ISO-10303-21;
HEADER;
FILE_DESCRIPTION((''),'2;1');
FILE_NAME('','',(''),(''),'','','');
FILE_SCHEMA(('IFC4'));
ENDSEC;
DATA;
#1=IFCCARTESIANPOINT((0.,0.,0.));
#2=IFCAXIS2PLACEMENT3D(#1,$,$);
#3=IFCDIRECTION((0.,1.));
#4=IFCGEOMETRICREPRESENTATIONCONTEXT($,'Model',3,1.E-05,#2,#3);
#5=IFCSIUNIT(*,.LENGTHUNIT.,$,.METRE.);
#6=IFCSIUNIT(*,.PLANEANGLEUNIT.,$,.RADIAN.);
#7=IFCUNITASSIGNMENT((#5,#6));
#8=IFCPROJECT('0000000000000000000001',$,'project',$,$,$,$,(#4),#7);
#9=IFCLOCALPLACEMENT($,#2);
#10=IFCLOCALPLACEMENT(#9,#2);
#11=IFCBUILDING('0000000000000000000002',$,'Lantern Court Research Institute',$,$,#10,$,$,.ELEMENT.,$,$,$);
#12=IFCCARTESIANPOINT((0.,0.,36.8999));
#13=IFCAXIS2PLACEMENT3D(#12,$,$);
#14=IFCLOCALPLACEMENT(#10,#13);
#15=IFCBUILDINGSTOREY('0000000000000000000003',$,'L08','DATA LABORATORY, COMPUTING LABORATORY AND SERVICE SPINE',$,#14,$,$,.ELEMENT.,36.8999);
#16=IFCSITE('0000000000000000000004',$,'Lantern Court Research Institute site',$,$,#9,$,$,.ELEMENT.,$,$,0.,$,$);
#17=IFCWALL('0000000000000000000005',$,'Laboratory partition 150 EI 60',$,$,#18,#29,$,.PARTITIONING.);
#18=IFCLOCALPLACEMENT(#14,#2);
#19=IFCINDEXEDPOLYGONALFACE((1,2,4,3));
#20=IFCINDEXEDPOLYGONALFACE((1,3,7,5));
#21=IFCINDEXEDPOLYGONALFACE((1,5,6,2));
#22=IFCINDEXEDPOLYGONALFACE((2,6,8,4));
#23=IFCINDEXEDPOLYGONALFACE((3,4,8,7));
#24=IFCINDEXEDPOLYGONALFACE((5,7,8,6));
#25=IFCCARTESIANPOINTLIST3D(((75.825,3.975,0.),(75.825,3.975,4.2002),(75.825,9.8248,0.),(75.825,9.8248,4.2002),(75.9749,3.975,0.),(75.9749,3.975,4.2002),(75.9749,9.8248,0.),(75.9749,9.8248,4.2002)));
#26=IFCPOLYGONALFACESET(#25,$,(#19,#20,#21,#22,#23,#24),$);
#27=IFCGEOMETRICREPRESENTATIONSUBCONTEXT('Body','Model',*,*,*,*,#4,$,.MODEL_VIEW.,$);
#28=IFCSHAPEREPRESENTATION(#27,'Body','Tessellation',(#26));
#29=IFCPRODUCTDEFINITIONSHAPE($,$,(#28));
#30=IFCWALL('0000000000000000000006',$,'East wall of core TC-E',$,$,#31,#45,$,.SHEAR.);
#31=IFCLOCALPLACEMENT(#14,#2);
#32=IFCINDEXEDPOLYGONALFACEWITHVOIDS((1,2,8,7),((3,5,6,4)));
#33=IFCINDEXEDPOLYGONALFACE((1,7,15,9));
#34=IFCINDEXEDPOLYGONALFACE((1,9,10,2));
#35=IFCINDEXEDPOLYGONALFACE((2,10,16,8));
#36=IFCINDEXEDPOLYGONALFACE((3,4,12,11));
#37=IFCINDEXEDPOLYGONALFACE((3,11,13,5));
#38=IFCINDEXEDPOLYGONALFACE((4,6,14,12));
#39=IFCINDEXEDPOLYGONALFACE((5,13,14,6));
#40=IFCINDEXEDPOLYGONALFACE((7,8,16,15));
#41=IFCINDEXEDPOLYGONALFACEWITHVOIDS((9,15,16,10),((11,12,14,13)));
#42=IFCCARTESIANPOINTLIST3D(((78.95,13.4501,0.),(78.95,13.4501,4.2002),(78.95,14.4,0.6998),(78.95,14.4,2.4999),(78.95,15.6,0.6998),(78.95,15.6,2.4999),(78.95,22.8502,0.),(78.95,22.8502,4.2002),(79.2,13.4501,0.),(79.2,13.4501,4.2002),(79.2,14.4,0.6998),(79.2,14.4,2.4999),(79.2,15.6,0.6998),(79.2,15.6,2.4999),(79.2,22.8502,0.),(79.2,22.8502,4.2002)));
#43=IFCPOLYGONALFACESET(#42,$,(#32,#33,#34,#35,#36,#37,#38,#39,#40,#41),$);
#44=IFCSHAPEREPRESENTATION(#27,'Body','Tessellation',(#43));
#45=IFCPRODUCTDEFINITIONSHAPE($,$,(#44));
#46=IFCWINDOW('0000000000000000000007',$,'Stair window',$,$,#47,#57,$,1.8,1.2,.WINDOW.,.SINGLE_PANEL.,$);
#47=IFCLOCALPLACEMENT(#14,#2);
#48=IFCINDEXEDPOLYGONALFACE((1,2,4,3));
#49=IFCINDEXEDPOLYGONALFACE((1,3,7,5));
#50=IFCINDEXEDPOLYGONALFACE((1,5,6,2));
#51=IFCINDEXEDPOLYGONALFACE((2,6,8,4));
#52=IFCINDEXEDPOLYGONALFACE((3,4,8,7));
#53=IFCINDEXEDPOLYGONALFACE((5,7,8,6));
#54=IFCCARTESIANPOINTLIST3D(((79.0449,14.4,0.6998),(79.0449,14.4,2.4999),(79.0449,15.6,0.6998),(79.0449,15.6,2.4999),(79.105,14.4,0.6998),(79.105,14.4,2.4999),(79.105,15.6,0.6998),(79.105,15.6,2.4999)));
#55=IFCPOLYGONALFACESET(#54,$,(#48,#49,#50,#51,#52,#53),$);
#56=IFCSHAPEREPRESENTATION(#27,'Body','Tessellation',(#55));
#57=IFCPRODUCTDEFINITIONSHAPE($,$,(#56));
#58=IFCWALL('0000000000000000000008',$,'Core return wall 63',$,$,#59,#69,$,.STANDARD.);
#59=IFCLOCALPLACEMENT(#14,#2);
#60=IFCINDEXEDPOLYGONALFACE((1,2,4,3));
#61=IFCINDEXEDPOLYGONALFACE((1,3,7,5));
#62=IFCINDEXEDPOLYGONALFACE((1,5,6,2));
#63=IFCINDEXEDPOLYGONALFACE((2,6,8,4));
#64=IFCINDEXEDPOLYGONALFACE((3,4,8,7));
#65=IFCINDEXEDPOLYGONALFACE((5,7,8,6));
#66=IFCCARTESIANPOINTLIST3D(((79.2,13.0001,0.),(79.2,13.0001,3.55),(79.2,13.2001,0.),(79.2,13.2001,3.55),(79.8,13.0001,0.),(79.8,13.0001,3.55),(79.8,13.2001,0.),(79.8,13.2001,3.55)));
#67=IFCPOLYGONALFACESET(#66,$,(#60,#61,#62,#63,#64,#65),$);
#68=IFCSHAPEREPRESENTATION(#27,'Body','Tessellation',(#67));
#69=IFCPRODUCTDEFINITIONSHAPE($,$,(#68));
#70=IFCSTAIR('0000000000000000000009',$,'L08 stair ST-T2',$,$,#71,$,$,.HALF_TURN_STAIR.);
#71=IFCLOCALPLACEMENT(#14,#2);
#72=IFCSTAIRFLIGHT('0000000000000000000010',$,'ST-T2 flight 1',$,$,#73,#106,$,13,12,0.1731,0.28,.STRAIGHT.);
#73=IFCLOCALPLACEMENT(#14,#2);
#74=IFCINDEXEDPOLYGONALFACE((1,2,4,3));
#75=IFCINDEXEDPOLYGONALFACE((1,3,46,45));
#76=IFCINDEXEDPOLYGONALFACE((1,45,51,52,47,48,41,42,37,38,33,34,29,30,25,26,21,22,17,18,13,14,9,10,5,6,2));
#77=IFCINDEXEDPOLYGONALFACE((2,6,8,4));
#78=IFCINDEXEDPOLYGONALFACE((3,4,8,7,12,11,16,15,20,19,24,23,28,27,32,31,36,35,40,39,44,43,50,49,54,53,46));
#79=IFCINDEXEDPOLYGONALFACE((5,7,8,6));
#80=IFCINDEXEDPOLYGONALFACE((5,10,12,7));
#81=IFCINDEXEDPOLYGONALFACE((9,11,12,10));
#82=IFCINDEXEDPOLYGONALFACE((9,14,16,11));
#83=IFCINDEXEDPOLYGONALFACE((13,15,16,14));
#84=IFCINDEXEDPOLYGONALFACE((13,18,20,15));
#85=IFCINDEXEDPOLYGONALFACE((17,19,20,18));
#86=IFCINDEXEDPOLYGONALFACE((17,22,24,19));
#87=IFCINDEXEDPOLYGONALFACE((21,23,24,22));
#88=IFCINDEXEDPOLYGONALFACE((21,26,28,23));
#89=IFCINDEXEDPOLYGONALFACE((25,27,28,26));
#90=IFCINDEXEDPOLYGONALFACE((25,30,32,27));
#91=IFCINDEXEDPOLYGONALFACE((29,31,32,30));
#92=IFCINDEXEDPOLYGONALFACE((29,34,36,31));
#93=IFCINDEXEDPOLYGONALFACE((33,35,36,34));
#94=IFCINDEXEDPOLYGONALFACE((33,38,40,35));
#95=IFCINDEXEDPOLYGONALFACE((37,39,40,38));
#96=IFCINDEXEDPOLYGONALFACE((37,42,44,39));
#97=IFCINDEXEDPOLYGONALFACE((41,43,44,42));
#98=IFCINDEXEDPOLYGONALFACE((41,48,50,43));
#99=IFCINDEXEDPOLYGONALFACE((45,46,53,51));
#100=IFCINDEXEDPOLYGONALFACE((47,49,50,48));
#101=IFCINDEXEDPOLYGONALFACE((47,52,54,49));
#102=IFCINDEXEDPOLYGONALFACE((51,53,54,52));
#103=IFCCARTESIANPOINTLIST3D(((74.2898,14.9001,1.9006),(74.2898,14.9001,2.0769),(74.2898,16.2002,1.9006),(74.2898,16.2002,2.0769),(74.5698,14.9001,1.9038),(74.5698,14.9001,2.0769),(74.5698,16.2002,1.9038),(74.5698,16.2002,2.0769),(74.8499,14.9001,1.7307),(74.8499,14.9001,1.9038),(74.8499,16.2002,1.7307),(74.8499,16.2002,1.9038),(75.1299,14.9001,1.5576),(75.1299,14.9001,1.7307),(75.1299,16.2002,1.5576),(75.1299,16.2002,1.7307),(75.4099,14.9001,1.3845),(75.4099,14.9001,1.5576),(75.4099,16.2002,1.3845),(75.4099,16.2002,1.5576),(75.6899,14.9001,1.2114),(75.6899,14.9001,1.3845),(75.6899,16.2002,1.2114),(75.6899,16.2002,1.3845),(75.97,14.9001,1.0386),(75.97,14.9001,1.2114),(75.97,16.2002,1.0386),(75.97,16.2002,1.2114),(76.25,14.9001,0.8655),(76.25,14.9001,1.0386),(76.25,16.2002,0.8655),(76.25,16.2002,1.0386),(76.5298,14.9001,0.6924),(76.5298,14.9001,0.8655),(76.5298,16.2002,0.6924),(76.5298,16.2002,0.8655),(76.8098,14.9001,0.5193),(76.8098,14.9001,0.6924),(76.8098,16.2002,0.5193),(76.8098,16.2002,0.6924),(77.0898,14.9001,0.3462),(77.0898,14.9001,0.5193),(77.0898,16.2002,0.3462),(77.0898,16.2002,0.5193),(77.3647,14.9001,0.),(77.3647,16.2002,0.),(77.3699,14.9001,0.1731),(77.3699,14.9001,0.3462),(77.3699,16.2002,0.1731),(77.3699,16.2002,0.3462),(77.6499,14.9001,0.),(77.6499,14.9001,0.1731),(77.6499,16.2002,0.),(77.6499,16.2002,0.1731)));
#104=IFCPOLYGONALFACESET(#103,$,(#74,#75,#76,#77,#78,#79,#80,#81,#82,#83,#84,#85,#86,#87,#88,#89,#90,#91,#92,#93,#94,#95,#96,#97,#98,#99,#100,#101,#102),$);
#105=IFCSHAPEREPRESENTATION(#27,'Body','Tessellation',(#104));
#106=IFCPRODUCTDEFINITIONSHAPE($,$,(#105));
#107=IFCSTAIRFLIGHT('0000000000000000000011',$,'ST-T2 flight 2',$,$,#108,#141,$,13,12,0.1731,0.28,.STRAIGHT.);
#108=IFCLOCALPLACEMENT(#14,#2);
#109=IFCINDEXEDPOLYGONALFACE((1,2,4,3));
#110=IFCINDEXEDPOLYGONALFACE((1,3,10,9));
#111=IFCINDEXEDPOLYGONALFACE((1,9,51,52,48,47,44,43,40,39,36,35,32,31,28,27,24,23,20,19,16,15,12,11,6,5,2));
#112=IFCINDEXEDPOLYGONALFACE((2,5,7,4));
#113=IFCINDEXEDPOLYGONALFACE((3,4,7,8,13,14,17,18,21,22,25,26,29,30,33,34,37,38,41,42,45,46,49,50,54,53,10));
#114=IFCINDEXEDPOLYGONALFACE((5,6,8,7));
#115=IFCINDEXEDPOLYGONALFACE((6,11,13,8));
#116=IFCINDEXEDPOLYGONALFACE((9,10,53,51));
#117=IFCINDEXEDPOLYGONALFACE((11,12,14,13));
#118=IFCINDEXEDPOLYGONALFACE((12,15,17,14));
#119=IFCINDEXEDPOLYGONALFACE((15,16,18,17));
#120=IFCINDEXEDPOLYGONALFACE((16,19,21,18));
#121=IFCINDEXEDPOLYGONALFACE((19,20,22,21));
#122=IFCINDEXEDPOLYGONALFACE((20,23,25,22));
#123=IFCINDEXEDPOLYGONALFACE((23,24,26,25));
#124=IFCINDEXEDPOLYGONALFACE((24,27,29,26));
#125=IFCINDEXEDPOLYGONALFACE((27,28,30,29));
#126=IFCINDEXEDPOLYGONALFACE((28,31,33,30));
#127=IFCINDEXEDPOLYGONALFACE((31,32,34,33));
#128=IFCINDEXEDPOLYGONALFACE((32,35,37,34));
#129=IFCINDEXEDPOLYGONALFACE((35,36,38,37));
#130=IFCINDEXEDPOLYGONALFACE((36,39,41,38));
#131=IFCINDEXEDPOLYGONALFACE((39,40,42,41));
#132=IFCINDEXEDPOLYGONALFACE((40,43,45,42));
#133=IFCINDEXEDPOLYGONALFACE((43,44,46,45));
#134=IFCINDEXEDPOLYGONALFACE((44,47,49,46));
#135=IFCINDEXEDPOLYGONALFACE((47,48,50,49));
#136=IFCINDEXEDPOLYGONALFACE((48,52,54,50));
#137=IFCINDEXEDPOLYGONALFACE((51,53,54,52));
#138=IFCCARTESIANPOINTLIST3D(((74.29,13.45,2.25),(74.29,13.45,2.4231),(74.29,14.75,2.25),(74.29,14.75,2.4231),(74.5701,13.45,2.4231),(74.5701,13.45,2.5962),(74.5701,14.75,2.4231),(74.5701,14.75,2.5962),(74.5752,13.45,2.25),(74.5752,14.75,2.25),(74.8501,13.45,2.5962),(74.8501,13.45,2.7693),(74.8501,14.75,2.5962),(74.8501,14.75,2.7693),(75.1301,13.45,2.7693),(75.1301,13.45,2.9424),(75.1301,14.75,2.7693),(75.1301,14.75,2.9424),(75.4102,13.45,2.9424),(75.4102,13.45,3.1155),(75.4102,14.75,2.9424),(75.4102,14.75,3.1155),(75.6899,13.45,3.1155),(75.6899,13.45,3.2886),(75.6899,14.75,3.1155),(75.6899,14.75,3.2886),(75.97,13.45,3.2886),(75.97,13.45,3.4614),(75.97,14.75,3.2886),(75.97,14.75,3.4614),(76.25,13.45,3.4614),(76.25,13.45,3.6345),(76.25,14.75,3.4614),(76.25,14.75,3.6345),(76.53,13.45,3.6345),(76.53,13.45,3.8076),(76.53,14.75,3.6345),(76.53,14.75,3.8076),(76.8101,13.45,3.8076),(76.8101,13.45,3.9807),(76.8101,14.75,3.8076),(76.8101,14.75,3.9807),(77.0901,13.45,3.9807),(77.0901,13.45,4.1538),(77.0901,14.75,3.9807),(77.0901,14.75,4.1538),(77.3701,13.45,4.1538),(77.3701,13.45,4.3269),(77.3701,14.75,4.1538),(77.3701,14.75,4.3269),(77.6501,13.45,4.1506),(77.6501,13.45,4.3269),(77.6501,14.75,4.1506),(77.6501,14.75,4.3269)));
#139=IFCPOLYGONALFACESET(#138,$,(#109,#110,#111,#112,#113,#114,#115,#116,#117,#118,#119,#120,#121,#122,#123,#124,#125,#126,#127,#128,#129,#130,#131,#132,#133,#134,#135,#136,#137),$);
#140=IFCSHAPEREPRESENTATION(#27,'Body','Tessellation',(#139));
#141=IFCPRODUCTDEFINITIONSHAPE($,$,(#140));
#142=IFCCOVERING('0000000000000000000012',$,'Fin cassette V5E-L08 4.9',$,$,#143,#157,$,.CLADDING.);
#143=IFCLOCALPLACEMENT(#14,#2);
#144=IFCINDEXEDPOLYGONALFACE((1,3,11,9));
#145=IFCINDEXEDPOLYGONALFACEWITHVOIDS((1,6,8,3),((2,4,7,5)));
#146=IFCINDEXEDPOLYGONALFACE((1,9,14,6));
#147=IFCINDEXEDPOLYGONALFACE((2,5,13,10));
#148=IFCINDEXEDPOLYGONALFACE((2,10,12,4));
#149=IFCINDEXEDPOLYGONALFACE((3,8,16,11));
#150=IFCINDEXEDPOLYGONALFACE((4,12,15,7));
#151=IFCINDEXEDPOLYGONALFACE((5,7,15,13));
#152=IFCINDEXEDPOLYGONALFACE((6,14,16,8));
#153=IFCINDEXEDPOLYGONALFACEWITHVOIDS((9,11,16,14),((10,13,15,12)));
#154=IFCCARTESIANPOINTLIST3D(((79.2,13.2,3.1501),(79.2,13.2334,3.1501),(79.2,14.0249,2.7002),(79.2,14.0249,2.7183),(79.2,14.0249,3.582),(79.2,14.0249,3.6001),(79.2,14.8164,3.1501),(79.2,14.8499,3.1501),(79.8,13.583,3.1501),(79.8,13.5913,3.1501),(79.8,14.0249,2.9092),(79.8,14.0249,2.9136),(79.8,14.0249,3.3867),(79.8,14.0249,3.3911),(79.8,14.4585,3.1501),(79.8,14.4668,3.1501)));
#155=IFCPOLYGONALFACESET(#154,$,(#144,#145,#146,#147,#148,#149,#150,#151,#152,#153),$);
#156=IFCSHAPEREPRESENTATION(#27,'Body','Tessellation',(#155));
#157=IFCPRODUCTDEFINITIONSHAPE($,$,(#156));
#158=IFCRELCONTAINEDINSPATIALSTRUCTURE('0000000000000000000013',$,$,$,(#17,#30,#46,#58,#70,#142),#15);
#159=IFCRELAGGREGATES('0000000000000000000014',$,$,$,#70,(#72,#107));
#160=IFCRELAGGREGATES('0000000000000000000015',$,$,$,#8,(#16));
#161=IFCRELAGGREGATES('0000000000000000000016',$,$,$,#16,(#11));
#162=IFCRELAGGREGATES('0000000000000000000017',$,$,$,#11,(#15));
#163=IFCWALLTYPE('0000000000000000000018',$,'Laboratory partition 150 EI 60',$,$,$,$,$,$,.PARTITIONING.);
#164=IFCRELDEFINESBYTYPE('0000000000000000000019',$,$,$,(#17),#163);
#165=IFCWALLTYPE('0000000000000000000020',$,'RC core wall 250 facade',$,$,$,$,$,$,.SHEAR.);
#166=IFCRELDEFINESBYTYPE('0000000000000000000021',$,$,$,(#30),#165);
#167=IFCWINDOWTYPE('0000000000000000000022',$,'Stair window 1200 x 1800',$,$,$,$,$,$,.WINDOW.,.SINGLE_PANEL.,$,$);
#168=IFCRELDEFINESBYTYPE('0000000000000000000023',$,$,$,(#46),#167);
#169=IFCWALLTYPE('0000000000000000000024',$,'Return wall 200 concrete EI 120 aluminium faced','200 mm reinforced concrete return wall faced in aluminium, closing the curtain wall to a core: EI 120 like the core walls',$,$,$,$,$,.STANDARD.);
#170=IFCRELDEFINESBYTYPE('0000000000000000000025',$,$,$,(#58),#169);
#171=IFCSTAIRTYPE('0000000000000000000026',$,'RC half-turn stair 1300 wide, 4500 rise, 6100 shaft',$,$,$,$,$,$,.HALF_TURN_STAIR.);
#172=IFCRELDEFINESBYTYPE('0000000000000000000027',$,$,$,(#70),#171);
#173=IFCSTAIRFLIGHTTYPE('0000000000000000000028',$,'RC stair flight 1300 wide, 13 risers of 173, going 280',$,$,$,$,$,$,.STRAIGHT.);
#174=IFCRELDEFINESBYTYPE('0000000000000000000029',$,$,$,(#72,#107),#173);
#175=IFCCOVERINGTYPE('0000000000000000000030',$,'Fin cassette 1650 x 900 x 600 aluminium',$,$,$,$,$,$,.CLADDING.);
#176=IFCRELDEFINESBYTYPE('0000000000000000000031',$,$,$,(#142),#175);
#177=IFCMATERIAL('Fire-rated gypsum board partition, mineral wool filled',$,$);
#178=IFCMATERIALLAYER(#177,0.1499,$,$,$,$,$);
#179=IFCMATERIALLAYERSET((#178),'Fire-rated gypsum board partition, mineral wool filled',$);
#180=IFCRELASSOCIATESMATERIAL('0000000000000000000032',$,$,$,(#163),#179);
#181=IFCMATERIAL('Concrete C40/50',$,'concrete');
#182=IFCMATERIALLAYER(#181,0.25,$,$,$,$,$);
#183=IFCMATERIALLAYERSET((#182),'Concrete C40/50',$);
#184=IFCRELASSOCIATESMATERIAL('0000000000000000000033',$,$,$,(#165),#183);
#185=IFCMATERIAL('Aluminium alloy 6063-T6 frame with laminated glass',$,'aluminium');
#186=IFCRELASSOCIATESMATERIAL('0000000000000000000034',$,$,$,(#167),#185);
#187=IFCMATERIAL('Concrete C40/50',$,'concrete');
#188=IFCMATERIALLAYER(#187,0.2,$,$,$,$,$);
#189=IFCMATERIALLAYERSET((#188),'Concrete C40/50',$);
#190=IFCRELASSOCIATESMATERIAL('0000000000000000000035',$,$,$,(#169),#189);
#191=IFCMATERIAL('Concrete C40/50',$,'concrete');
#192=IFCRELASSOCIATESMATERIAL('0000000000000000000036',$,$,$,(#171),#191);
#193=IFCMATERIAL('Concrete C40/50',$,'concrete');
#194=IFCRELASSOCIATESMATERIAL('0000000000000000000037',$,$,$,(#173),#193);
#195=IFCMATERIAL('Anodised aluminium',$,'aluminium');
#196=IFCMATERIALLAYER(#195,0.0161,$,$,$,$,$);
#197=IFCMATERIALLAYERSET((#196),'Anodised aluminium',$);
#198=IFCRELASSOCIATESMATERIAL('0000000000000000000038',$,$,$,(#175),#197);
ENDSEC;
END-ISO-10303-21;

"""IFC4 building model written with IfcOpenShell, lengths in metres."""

from ifc_helpers import new_model, entity, si_unit, direction, frame, frame_2d, origin, place, context, subcontext, project, spatial, polyline, rectangle, outline, extrude, material, layer, layer_set, type_object, element, fill, aggregate, save


model = new_model("IFC4")

# Units and contexts
model_context = context("Model", 3, precision=1e-05, world=origin(), true_north=direction((0.0, 1.0)))
body_context = subcontext(model_context, "Body", "Model", "MODEL_VIEW")
ifc_project = project(units=[si_unit("LENGTHUNIT", "METRE"), si_unit("PLANEANGLEUNIT", "RADIAN")], contexts=[model_context])

# Site, building, storey
site_placement = place(None, origin())
site = spatial("IfcSite", under=ifc_project, at=site_placement, Name="Lantern Court Research Institute site", CompositionType="ELEMENT", RefElevation=0.0)
building_placement = place(site_placement, origin())
building = spatial("IfcBuilding", under=site, at=building_placement, Name="Lantern Court Research Institute", CompositionType="ELEMENT")
storey_placement = place(building_placement, frame((0.0, 0.0, 36.8999)))
storey = spatial("IfcBuildingStorey", under=building, at=storey_placement, Name="L08", Description="DATA LABORATORY, COMPUTING LABORATORY AND SERVICE SPINE", CompositionType="ELEMENT", Elevation=36.8999)

# Shared definitions
ifc_material_1 = material(Name="Fire-rated gypsum board partition, mineral wool filled")
ifc_layer_1 = layer(ifc_material_1, 0.1499)
ifc_layer_set_1 = layer_set([ifc_layer_1], Name="Fire-rated gypsum board partition, mineral wool filled")
wall_type_1 = type_object("IfcWallType", Name="Laboratory partition 150 EI 60", PredefinedType="PARTITIONING", material=ifc_layer_set_1)

# Wall
wall_1_placement = place(storey_placement, frame((75.8999, 3.9751, 0.0), z_axis=(0.0, 0.0, 1.0), x_axis=(0.0, 1.0, 0.0)))
element("IfcWall", 1, at=wall_1_placement, inside=storey, type_object=wall_type_1, Name="Laboratory partition 150 EI 60", PredefinedType="PARTITIONING", context=body_context, shape_type="SweptSolid", body=[
    extrude(rectangle(XDim=5.8499, YDim=0.1499, at=frame_2d((2.9248, 0.0))), origin(), (0.0, 0.0, 1.0), 4.2002),
])

# Wall, opening, window
ifc_material_2 = material(Name="Concrete C40/50", Category="concrete")
ifc_layer_2 = layer(ifc_material_2, 0.25)
ifc_layer_set_2 = layer_set([ifc_layer_2], Name="Concrete C40/50")
wall_type_2 = type_object("IfcWallType", Name="RC core wall 250 facade", PredefinedType="SHEAR", material=ifc_layer_set_2)
wall_2_placement = place(storey_placement, frame((79.075, 13.45, 0.0), z_axis=(0.0, 0.0, 1.0), x_axis=(0.0, 1.0, 0.0)))
wall_2 = element("IfcWall", 2, at=wall_2_placement, inside=storey, type_object=wall_type_2, Name="East wall of core TC-E", PredefinedType="SHEAR", context=body_context, shape_type="SweptSolid", body=[
    extrude(rectangle(XDim=9.4001, YDim=0.25, at=frame_2d((4.7002, 0.0))), origin(), (0.0, 0.0, 1.0), 4.2002),
])
opening_1_placement = place(wall_2_placement, frame((0.95, 0.0, 0.7)))
opening_1 = element("IfcOpeningElement", 3, at=opening_1_placement, cuts=wall_2, PredefinedType="OPENING", context=body_context, shape_type="SweptSolid", body=[
    extrude(rectangle(XDim=1.2, YDim=1.8, at=frame_2d((0.6001, 0.8999))), frame((0.0, 0.135, 0.0), z_axis=(0.0, -1.0, 0.0), x_axis=(1.0, 0.0, 0.0)), (0.0, 0.0, 1.0), 0.27),
])
ifc_material_3 = material(Name="Aluminium alloy 6063-T6 frame with laminated glass", Category="aluminium")
window_type = type_object("IfcWindowType", Name="Stair window 1200 x 1800", PartitioningType="SINGLE_PANEL", PredefinedType="WINDOW", material=ifc_material_3)
window_placement = place(opening_1_placement, origin())
window = element("IfcWindow", 4, at=window_placement, inside=storey, type_object=window_type, Name="Stair window", OverallHeight=1.8, OverallWidth=1.2, PartitioningType="SINGLE_PANEL", PredefinedType="WINDOW", context=body_context, shape_type="SweptSolid", body=[
    extrude(rectangle(XDim=1.2, YDim=1.8, at=frame_2d((0.6001, 0.8999))), frame((0.0, 0.03, 0.0), z_axis=(0.0, -1.0, 0.0), x_axis=(1.0, 0.0, 0.0)), (0.0, 0.0, 1.0), 0.0601),
])
fill(opening_1, window)

# Wall
ifc_material_4 = material(Name="Concrete C40/50", Category="concrete")
ifc_layer_3 = layer(ifc_material_4, 0.2)
ifc_layer_set_3 = layer_set([ifc_layer_3], Name="Concrete C40/50")
wall_type_3 = type_object("IfcWallType", Name="Return wall 200 concrete EI 120 aluminium faced", Description="200 mm reinforced concrete return wall faced in aluminium, closing the curtain wall to a core: EI 120 like the core walls", PredefinedType="STANDARD", material=ifc_layer_set_3)
wall_3_placement = place(storey_placement, frame((79.2, 13.1001, 0.0), z_axis=(0.0, 0.0, 1.0), x_axis=(1.0, 0.0, 0.0)))
element("IfcWall", 5, at=wall_3_placement, inside=storey, type_object=wall_type_3, Name="Core return wall 63", PredefinedType="STANDARD", context=body_context, shape_type="SweptSolid", body=[
    extrude(rectangle(XDim=0.6001, YDim=0.2, at=frame_2d((0.3, 0.0))), origin(), (0.0, 0.0, 1.0), 3.55),
])

# Stair, stair flights
ifc_material_5 = material(Name="Concrete C40/50", Category="concrete")
stair_type = type_object("IfcStairType", Name="RC half-turn stair 1300 wide, 4500 rise, 6100 shaft", PredefinedType="HALF_TURN_STAIR", material=ifc_material_5)
stair_placement = place(storey_placement, origin())
stair = element("IfcStair", 6, at=stair_placement, inside=storey, type_object=stair_type, Name="L08 stair ST-T2", PredefinedType="HALF_TURN_STAIR")
ifc_material_6 = material(Name="Concrete C40/50", Category="concrete")
stair_flight_type = type_object("IfcStairFlightType", Name="RC stair flight 1300 wide, 13 risers of 173, going 280", PredefinedType="STRAIGHT", material=ifc_material_6)
stair_flight_1_placement = place(storey_placement, frame((77.6499, 15.55, 0.0), z_axis=(0.0, 0.0, 1.0), x_axis=(-1.0, 0.0, 0.0)))
stair_flight_1 = element("IfcStairFlight", 7, at=stair_flight_1_placement, type_object=stair_flight_type, Name="ST-T2 flight 1", NumberOfRisers=13, NumberOfTreads=12, PredefinedType="STRAIGHT", RiserHeight=0.1731, TreadLength=0.28, context=body_context, shape_type="SweptSolid", body=[
    extrude(outline(polyline([(0.0, 0.0), (0.0, 0.1731), (0.28, 0.1731), (0.28, 0.3462), (0.5601, 0.3462), (0.5601, 0.5193), (0.8401, 0.5193), (0.8401, 0.6924), (1.1201, 0.6924), (1.1201, 0.8655), (1.3999, 0.8655), (1.3999, 1.0386), (1.6799, 1.0386), (1.6799, 1.2114), (1.96, 1.2114), (1.96, 1.3845), (2.24, 1.3845), (2.24, 1.5576), (2.52, 1.5576), (2.52, 1.7307), (2.8, 1.7307), (2.8, 1.9038), (3.0801, 1.9038), (3.0801, 2.0769), (3.3601, 2.0769), (3.3601, 2.25), (3.3601, 1.9006), (0.2852, 0.0), (0.0, 0.0)])), frame((0.0, 0.6499, 0.0), z_axis=(0.0, -1.0, 0.0), x_axis=(1.0, 0.0, 0.0)), (0.0, 0.0, 1.0), 1.3),
])
stair_flight_2_placement = place(storey_placement, frame((74.29, 14.1001, 2.25), z_axis=(0.0, 0.0, 1.0), x_axis=(1.0, 0.0, 0.0)))
stair_flight_2 = element("IfcStairFlight", 8, at=stair_flight_2_placement, type_object=stair_flight_type, Name="ST-T2 flight 2", NumberOfRisers=13, NumberOfTreads=12, PredefinedType="STRAIGHT", RiserHeight=0.1731, TreadLength=0.28, context=body_context, shape_type="SweptSolid", body=[
    extrude(outline(polyline([(0.0, 0.0), (0.0, 0.1731), (0.28, 0.1731), (0.28, 0.3462), (0.5601, 0.3462), (0.5601, 0.5193), (0.8401, 0.5193), (0.8401, 0.6924), (1.1201, 0.6924), (1.1201, 0.8655), (1.3999, 0.8655), (1.3999, 1.0386), (1.6799, 1.0386), (1.6799, 1.2114), (1.96, 1.2114), (1.96, 1.3845), (2.24, 1.3845), (2.24, 1.5576), (2.52, 1.5576), (2.52, 1.7307), (2.8, 1.7307), (2.8, 1.9038), (3.0801, 1.9038), (3.0801, 2.0769), (3.3601, 2.0769), (3.3601, 2.25), (3.3601, 1.9006), (0.2852, 0.0), (0.0, 0.0)])), frame((0.0, 0.6499, 0.0), z_axis=(0.0, -1.0, 0.0), x_axis=(1.0, 0.0, 0.0)), (0.0, 0.0, 1.0), 1.3),
])
aggregate(stair, [stair_flight_1, stair_flight_2])

# Covering
ifc_material_7 = material(Name="Anodised aluminium", Category="aluminium")
ifc_layer_4 = layer(ifc_material_7, 0.0161)
ifc_layer_set_4 = layer_set([ifc_layer_4], Name="Anodised aluminium")
covering_type = type_object("IfcCoveringType", Name="Fin cassette 1650 x 900 x 600 aluminium", PredefinedType="CLADDING", material=ifc_layer_set_4)
covering_1_placement = place(storey_placement, frame((79.2, 14.0249, 3.1501), z_axis=(1.0, 0.0, 0.0), x_axis=(0.0, 1.0, 0.0)))
cartesian_point_1 = entity("IfcCartesianPoint", [0.825, 0.0])
cartesian_point_2 = entity("IfcCartesianPoint", [0.7915, 0.0])
cartesian_point_3 = entity("IfcCartesianPoint", [0.4419, 0.0])
cartesian_point_4 = entity("IfcCartesianPoint", [0.4336, 0.0])
element("IfcCovering", 9, at=covering_1_placement, inside=storey, type_object=covering_type, Name="Fin cassette V5E-L08 4.9", PredefinedType="CLADDING", context=body_context, shape_type="SweptSolid", body=[
    entity("IfcExtrudedAreaSolidTapered", entity("IfcArbitraryProfileDefWithVoids", "AREA", None, entity("IfcPolyline", [cartesian_point_1, entity("IfcCartesianPoint", [0.0, 0.45]), entity("IfcCartesianPoint", [-0.825, 0.0]), entity("IfcCartesianPoint", [0.0, -0.45]), cartesian_point_1]), [entity("IfcPolyline", [cartesian_point_2, entity("IfcCartesianPoint", [0.0, 0.4319]), entity("IfcCartesianPoint", [-0.7915, 0.0]), entity("IfcCartesianPoint", [0.0, -0.4319]), cartesian_point_2])]), entity("IfcAxis2Placement3D", entity("IfcCartesianPoint", [0.0, 0.0, 0.0])), entity("IfcDirection", [0.0, 0.0, 1.0]), 0.6001, entity("IfcArbitraryProfileDefWithVoids", "AREA", None, entity("IfcPolyline", [cartesian_point_3, entity("IfcCartesianPoint", [0.0, 0.241]), entity("IfcCartesianPoint", [-0.4419, 0.0]), entity("IfcCartesianPoint", [0.0, -0.241]), cartesian_point_3]), [entity("IfcPolyline", [cartesian_point_4, entity("IfcCartesianPoint", [0.0, 0.2366]), entity("IfcCartesianPoint", [-0.4336, 0.0]), entity("IfcCartesianPoint", [0.0, -0.2366]), cartesian_point_4])])),
])

save(model, "model.ifc")
